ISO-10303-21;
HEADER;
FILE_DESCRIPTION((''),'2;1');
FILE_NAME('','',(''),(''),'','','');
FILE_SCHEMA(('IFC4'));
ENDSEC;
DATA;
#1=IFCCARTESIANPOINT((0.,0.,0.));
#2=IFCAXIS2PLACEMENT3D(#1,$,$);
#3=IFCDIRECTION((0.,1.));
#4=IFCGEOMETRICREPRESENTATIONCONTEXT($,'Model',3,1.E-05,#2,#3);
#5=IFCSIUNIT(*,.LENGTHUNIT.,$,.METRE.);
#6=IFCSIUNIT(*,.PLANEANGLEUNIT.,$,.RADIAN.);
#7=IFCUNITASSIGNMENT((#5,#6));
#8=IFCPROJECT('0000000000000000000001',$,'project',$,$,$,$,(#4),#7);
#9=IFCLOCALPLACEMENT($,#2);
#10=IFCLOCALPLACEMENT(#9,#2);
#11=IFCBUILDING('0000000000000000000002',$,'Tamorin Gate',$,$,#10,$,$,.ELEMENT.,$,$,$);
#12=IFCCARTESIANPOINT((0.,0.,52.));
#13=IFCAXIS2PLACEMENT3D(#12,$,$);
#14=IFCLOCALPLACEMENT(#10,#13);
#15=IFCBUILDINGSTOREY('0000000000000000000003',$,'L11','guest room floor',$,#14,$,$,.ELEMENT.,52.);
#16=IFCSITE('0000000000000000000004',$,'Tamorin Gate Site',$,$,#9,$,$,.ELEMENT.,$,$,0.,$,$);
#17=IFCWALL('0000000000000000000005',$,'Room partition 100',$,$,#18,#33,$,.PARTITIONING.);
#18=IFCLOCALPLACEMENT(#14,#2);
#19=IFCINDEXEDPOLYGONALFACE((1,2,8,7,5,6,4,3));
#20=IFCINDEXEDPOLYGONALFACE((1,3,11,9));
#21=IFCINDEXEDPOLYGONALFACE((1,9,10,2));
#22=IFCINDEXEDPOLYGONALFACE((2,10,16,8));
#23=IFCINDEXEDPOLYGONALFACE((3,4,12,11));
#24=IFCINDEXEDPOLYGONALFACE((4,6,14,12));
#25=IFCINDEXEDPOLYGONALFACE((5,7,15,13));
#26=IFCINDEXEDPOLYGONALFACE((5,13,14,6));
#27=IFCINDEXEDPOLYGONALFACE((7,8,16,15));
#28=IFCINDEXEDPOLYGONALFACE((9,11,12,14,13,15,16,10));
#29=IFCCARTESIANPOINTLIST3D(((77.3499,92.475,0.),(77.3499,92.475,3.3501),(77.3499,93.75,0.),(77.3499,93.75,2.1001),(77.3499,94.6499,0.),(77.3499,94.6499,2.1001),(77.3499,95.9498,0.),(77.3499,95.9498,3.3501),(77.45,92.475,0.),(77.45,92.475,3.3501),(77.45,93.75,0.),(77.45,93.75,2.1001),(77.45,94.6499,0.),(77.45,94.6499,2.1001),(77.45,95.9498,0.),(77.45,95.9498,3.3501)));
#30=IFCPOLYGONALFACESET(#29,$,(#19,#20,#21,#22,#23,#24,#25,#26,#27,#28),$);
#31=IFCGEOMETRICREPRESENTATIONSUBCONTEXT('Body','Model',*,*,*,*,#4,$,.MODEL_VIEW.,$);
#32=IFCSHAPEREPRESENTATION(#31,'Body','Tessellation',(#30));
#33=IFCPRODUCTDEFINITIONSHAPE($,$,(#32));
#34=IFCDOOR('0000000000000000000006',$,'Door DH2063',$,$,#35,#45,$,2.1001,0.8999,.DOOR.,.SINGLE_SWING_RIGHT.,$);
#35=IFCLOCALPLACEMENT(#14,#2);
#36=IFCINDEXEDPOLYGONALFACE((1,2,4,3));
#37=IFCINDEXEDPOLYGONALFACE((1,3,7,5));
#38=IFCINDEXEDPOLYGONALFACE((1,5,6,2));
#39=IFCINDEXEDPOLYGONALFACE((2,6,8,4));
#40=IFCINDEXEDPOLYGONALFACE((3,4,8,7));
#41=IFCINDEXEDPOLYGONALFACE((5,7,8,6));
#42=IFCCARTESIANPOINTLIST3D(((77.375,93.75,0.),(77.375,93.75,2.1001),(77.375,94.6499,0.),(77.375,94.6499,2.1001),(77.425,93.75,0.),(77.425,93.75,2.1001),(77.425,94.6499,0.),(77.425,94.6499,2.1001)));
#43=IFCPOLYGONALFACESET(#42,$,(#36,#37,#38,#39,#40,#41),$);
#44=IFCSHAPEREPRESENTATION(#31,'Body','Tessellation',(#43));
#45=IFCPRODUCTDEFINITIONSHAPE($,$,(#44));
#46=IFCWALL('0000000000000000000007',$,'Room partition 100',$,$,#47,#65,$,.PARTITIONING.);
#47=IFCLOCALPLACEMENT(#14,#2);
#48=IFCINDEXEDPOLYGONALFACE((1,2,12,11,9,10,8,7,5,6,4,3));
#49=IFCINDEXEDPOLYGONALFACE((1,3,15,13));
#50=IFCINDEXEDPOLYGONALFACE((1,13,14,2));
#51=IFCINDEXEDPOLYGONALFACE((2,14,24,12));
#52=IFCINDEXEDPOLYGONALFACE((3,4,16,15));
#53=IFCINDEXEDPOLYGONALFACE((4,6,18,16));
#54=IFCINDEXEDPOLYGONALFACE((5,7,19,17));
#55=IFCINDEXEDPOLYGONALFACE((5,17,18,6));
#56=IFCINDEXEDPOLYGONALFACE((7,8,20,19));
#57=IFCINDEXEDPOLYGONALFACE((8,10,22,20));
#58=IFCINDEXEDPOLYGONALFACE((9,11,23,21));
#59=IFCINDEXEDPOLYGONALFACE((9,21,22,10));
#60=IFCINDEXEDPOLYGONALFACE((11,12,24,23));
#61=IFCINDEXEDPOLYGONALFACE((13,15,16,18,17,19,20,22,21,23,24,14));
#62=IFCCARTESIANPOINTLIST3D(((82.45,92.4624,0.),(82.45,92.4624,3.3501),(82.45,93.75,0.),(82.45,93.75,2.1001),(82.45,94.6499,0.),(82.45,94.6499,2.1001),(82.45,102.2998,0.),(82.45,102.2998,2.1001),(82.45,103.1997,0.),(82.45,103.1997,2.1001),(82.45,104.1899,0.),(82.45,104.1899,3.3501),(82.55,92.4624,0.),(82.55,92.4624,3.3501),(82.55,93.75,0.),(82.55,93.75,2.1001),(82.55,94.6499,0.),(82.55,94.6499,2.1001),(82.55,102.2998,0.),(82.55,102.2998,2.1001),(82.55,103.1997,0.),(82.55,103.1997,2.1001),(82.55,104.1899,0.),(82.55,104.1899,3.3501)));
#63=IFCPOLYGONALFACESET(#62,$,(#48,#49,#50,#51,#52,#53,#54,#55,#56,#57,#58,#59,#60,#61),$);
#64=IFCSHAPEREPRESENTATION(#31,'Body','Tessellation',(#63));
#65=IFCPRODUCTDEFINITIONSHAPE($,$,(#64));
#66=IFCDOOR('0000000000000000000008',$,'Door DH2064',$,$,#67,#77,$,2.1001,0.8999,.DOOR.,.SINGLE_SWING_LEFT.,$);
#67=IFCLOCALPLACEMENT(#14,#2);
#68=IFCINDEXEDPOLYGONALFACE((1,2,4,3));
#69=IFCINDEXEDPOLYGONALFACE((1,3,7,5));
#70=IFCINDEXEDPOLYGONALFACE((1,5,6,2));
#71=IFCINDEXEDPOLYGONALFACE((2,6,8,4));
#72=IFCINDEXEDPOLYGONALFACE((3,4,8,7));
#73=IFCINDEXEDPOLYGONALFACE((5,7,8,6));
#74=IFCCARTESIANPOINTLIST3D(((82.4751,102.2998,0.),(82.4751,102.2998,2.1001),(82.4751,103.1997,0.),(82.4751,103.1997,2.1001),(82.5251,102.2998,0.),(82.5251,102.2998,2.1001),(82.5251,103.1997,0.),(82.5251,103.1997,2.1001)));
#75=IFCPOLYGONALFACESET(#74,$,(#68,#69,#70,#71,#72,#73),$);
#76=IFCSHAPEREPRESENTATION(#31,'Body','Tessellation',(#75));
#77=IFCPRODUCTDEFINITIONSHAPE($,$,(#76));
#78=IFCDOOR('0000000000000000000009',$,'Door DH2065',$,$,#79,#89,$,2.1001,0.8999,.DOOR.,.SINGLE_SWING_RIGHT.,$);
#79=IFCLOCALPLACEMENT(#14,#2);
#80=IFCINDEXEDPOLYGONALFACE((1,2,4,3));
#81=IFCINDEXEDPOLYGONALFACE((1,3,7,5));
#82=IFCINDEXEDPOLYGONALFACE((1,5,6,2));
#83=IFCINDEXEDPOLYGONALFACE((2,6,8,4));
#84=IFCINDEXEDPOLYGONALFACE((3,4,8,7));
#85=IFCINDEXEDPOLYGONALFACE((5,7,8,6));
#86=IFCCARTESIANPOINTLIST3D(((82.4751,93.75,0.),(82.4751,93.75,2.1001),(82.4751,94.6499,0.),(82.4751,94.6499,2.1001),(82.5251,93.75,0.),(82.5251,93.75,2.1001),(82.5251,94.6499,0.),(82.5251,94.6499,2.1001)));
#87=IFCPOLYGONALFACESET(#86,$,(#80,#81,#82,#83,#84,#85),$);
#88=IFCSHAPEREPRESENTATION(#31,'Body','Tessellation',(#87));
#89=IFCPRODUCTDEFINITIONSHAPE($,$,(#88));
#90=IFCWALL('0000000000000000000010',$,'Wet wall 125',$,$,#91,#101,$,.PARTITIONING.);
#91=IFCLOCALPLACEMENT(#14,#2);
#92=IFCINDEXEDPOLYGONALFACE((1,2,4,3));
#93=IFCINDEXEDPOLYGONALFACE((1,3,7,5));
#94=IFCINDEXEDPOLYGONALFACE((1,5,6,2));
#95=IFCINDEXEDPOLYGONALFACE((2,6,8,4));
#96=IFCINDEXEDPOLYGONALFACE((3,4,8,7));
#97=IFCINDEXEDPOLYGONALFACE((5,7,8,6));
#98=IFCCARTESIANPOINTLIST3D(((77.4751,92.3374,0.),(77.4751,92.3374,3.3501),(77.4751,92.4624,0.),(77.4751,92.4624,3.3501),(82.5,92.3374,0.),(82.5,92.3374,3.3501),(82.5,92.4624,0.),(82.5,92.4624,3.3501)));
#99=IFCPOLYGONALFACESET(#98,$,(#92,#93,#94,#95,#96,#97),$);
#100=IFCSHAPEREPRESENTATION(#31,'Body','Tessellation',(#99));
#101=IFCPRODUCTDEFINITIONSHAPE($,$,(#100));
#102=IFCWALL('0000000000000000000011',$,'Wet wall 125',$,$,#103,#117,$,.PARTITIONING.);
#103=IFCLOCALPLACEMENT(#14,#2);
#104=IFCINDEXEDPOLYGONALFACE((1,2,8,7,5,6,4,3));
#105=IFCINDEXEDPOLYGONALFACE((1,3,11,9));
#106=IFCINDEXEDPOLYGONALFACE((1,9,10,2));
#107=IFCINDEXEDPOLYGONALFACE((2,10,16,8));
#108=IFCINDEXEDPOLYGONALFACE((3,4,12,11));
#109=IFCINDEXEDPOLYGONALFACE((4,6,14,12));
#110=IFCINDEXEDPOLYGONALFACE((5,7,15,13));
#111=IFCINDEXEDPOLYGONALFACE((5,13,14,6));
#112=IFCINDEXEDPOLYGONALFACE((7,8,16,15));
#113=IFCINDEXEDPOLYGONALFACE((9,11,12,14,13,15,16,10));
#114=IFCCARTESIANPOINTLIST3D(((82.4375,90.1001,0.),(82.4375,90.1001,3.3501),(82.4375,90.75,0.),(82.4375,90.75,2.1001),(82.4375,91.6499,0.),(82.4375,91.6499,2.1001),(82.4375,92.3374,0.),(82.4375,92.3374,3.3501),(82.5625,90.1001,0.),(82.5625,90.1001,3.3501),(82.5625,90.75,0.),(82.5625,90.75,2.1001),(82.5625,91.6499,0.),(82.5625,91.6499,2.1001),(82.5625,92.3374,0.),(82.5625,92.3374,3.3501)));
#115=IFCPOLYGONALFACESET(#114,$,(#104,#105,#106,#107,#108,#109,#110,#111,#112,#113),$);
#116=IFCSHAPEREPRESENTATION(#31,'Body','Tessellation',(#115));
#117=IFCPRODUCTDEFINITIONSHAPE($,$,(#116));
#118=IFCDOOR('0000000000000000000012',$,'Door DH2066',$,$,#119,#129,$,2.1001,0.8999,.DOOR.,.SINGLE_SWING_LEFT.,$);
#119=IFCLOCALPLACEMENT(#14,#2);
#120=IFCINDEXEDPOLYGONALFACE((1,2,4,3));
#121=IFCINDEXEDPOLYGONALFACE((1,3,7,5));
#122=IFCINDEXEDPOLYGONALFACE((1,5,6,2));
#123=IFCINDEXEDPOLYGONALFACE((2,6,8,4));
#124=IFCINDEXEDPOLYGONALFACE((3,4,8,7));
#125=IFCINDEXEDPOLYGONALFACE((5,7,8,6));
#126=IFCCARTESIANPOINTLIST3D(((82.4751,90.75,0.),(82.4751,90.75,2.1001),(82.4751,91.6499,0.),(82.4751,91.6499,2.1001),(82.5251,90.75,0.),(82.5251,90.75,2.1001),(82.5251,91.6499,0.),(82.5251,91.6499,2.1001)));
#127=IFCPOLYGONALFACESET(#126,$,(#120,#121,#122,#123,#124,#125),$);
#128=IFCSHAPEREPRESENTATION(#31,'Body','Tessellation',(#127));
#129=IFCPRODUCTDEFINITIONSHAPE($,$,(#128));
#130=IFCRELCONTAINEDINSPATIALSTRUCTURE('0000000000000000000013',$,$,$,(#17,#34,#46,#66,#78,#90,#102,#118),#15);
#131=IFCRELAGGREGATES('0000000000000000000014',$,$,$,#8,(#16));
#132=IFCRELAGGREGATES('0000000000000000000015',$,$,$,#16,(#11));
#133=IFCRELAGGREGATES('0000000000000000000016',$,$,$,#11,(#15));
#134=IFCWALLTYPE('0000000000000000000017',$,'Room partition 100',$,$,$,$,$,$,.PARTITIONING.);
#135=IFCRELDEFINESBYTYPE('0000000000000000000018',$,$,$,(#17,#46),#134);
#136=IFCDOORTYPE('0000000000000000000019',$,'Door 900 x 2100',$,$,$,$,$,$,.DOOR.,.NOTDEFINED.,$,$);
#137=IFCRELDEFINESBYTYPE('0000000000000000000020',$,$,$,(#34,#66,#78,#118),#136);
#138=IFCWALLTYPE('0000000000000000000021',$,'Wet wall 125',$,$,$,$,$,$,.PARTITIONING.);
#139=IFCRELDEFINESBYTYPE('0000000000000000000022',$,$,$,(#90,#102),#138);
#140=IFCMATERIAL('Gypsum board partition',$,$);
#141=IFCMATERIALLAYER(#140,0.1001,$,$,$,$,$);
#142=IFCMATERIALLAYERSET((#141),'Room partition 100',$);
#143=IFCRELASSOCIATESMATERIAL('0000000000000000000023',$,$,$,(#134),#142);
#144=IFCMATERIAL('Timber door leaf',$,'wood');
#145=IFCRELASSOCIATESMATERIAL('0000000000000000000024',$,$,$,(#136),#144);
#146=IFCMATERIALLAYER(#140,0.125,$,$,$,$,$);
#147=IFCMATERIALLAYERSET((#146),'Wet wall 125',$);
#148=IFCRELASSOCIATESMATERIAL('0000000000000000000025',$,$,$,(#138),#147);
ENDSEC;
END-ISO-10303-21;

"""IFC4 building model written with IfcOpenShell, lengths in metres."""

from ifc_helpers import new_model, si_unit, direction, frame, frame_2d, origin, place, context, subcontext, project, spatial, rectangle, extrude, material, layer, layer_set, type_object, element, fill, save


model = new_model("IFC4")

# Units and contexts
model_context = context("Model", 3, precision=1e-05, world=origin(), true_north=direction((0.0, 1.0)))
body_context = subcontext(model_context, "Body", "Model", "MODEL_VIEW")
ifc_project = project(units=[si_unit("LENGTHUNIT", "METRE"), si_unit("PLANEANGLEUNIT", "RADIAN")], contexts=[model_context])

# Site, building, storey
site_placement = place(None, origin())
site = spatial("IfcSite", under=ifc_project, at=site_placement, Name="Tamorin Gate Site", CompositionType="ELEMENT", RefElevation=0.0)
building_placement = place(site_placement, origin())
building = spatial("IfcBuilding", under=site, at=building_placement, Name="Tamorin Gate", CompositionType="ELEMENT")
storey_placement = place(building_placement, frame((0.0, 0.0, 52.0)))
storey = spatial("IfcBuildingStorey", under=building, at=storey_placement, Name="L11", Description="guest room floor", CompositionType="ELEMENT", Elevation=52.0)

# Shared definitions
ifc_material_1 = material(Name="Gypsum board partition")

# Wall, opening, door
ifc_layer_1 = layer(ifc_material_1, 0.1001)
ifc_layer_set_1 = layer_set([ifc_layer_1], Name="Room partition 100")
wall_type_1 = type_object("IfcWallType", Name="Room partition 100", PredefinedType="PARTITIONING", material=ifc_layer_set_1)
ifc_material_2 = material(Name="Timber door leaf", Category="wood")
door_type = type_object("IfcDoorType", Name="Door 900 x 2100", OperationType="NOTDEFINED", PredefinedType="DOOR", material=ifc_material_2)
wall_1_placement = place(storey_placement, frame((77.3999, 92.4751, 0.0), z_axis=(0.0, 0.0, 1.0), x_axis=(0.0, 1.0, 0.0)))
wall_1 = element("IfcWall", 1, at=wall_1_placement, inside=storey, type_object=wall_type_1, Name="Room partition 100", PredefinedType="PARTITIONING", context=body_context, shape_type="SweptSolid", body=[
    extrude(rectangle(XDim=3.4749, YDim=0.1001, at=frame_2d((1.7373, 0.0))), origin(), (0.0, 0.0, 1.0), 3.3501),
])
opening_1_placement = place(wall_1_placement, frame((1.2749, 0.0, 0.0)))
opening_1 = element("IfcOpeningElement", 2, at=opening_1_placement, cuts=wall_1, PredefinedType="OPENING", context=body_context, shape_type="SweptSolid", body=[
    extrude(rectangle(XDim=0.8999, YDim=2.1001, at=frame_2d((0.45, 1.05))), frame((0.0, 0.0601, 0.0), z_axis=(0.0, -1.0, 0.0), x_axis=(1.0, 0.0, 0.0)), (0.0, 0.0, 1.0), 0.1201),
])
door_1_placement = place(opening_1_placement, origin())
door_1 = element("IfcDoor", 3, at=door_1_placement, inside=storey, type_object=door_type, Name="Door DH2063", OperationType="SINGLE_SWING_RIGHT", OverallHeight=2.1001, OverallWidth=0.8999, PredefinedType="DOOR", context=body_context, shape_type="SweptSolid", body=[
    extrude(rectangle(XDim=0.8999, YDim=2.1001, at=frame_2d((0.45, 1.05))), frame((0.0, 0.0249, 0.0), z_axis=(0.0, -1.0, 0.0), x_axis=(1.0, 0.0, 0.0)), (0.0, 0.0, 1.0), 0.05),
])
fill(opening_1, door_1)

# Wall, openings, doors
wall_2_placement = place(storey_placement, frame((82.5, 92.4624, 0.0), z_axis=(0.0, 0.0, 1.0), x_axis=(0.0, 1.0, 0.0)))
wall_2 = element("IfcWall", 4, at=wall_2_placement, inside=storey, type_object=wall_type_1, Name="Room partition 100", PredefinedType="PARTITIONING", context=body_context, shape_type="SweptSolid", body=[
    extrude(rectangle(XDim=11.7275, YDim=0.1001, at=frame_2d((5.8638, 0.0))), origin(), (0.0, 0.0, 1.0), 3.3501),
])
opening_2_placement = place(wall_2_placement, frame((9.8374, 0.0, 0.0)))
opening_2 = element("IfcOpeningElement", 5, at=opening_2_placement, cuts=wall_2, PredefinedType="OPENING", context=body_context, shape_type="SweptSolid", body=[
    extrude(rectangle(XDim=0.8999, YDim=2.1001, at=frame_2d((0.45, 1.05))), frame((0.0, 0.0601, 0.0), z_axis=(0.0, -1.0, 0.0), x_axis=(1.0, 0.0, 0.0)), (0.0, 0.0, 1.0), 0.1201),
])
opening_3_placement = place(wall_2_placement, frame((1.2876, 0.0, 0.0)))
opening_3 = element("IfcOpeningElement", 6, at=opening_3_placement, cuts=wall_2, PredefinedType="OPENING", context=body_context, shape_type="SweptSolid", body=[
    extrude(rectangle(XDim=0.8999, YDim=2.1001, at=frame_2d((0.45, 1.05))), frame((0.0, 0.0601, 0.0), z_axis=(0.0, -1.0, 0.0), x_axis=(1.0, 0.0, 0.0)), (0.0, 0.0, 1.0), 0.1201),
])
door_2_placement = place(opening_2_placement, origin())
door_2 = element("IfcDoor", 7, at=door_2_placement, inside=storey, type_object=door_type, Name="Door DH2064", OperationType="SINGLE_SWING_LEFT", OverallHeight=2.1001, OverallWidth=0.8999, PredefinedType="DOOR", context=body_context, shape_type="SweptSolid", body=[
    extrude(rectangle(XDim=0.8999, YDim=2.1001, at=frame_2d((0.45, 1.05))), frame((0.0, 0.0249, 0.0), z_axis=(0.0, -1.0, 0.0), x_axis=(1.0, 0.0, 0.0)), (0.0, 0.0, 1.0), 0.05),
])
fill(opening_2, door_2)
door_3_placement = place(opening_3_placement, origin())
door_3 = element("IfcDoor", 8, at=door_3_placement, inside=storey, type_object=door_type, Name="Door DH2065", OperationType="SINGLE_SWING_RIGHT", OverallHeight=2.1001, OverallWidth=0.8999, PredefinedType="DOOR", context=body_context, shape_type="SweptSolid", body=[
    extrude(rectangle(XDim=0.8999, YDim=2.1001, at=frame_2d((0.45, 1.05))), frame((0.0, 0.0249, 0.0), z_axis=(0.0, -1.0, 0.0), x_axis=(1.0, 0.0, 0.0)), (0.0, 0.0, 1.0), 0.05),
])
fill(opening_3, door_3)

# Wall
ifc_layer_2 = layer(ifc_material_1, 0.125)
ifc_layer_set_2 = layer_set([ifc_layer_2], Name="Wet wall 125")
wall_type_2 = type_object("IfcWallType", Name="Wet wall 125", PredefinedType="PARTITIONING", material=ifc_layer_set_2)
wall_3_placement = place(storey_placement, frame((77.4751, 92.3999, 0.0), z_axis=(0.0, 0.0, 1.0), x_axis=(1.0, 0.0, 0.0)))
element("IfcWall", 9, at=wall_3_placement, inside=storey, type_object=wall_type_2, Name="Wet wall 125", PredefinedType="PARTITIONING", context=body_context, shape_type="SweptSolid", body=[
    extrude(rectangle(XDim=5.0249, YDim=0.125, at=frame_2d((2.5125, 0.0))), origin(), (0.0, 0.0, 1.0), 3.3501),
])

# Wall, opening, door
wall_4_placement = place(storey_placement, frame((82.5, 90.1001, 0.0), z_axis=(0.0, 0.0, 1.0), x_axis=(0.0, 1.0, 0.0)))
wall_4 = element("IfcWall", 10, at=wall_4_placement, inside=storey, type_object=wall_type_2, Name="Wet wall 125", PredefinedType="PARTITIONING", context=body_context, shape_type="SweptSolid", body=[
    extrude(rectangle(XDim=2.2373, YDim=0.125, at=frame_2d((1.1187, 0.0))), origin(), (0.0, 0.0, 1.0), 3.3501),
])
opening_4_placement = place(wall_4_placement, frame((0.6499, 0.0, 0.0)))
opening_4 = element("IfcOpeningElement", 11, at=opening_4_placement, cuts=wall_4, PredefinedType="OPENING", context=body_context, shape_type="SweptSolid", body=[
    extrude(rectangle(XDim=0.8999, YDim=2.1001, at=frame_2d((0.45, 1.05))), frame((0.0, 0.0725, 0.0), z_axis=(0.0, -1.0, 0.0), x_axis=(1.0, 0.0, 0.0)), (0.0, 0.0, 1.0), 0.145),
])
door_4_placement = place(opening_4_placement, origin())
door_4 = element("IfcDoor", 12, at=door_4_placement, inside=storey, type_object=door_type, Name="Door DH2066", OperationType="SINGLE_SWING_LEFT", OverallHeight=2.1001, OverallWidth=0.8999, PredefinedType="DOOR", context=body_context, shape_type="SweptSolid", body=[
    extrude(rectangle(XDim=0.8999, YDim=2.1001, at=frame_2d((0.45, 1.05))), frame((0.0, 0.0249, 0.0), z_axis=(0.0, -1.0, 0.0), x_axis=(1.0, 0.0, 0.0)), (0.0, 0.0, 1.0), 0.05),
])
fill(opening_4, door_4)

save(model, "model.ifc")
